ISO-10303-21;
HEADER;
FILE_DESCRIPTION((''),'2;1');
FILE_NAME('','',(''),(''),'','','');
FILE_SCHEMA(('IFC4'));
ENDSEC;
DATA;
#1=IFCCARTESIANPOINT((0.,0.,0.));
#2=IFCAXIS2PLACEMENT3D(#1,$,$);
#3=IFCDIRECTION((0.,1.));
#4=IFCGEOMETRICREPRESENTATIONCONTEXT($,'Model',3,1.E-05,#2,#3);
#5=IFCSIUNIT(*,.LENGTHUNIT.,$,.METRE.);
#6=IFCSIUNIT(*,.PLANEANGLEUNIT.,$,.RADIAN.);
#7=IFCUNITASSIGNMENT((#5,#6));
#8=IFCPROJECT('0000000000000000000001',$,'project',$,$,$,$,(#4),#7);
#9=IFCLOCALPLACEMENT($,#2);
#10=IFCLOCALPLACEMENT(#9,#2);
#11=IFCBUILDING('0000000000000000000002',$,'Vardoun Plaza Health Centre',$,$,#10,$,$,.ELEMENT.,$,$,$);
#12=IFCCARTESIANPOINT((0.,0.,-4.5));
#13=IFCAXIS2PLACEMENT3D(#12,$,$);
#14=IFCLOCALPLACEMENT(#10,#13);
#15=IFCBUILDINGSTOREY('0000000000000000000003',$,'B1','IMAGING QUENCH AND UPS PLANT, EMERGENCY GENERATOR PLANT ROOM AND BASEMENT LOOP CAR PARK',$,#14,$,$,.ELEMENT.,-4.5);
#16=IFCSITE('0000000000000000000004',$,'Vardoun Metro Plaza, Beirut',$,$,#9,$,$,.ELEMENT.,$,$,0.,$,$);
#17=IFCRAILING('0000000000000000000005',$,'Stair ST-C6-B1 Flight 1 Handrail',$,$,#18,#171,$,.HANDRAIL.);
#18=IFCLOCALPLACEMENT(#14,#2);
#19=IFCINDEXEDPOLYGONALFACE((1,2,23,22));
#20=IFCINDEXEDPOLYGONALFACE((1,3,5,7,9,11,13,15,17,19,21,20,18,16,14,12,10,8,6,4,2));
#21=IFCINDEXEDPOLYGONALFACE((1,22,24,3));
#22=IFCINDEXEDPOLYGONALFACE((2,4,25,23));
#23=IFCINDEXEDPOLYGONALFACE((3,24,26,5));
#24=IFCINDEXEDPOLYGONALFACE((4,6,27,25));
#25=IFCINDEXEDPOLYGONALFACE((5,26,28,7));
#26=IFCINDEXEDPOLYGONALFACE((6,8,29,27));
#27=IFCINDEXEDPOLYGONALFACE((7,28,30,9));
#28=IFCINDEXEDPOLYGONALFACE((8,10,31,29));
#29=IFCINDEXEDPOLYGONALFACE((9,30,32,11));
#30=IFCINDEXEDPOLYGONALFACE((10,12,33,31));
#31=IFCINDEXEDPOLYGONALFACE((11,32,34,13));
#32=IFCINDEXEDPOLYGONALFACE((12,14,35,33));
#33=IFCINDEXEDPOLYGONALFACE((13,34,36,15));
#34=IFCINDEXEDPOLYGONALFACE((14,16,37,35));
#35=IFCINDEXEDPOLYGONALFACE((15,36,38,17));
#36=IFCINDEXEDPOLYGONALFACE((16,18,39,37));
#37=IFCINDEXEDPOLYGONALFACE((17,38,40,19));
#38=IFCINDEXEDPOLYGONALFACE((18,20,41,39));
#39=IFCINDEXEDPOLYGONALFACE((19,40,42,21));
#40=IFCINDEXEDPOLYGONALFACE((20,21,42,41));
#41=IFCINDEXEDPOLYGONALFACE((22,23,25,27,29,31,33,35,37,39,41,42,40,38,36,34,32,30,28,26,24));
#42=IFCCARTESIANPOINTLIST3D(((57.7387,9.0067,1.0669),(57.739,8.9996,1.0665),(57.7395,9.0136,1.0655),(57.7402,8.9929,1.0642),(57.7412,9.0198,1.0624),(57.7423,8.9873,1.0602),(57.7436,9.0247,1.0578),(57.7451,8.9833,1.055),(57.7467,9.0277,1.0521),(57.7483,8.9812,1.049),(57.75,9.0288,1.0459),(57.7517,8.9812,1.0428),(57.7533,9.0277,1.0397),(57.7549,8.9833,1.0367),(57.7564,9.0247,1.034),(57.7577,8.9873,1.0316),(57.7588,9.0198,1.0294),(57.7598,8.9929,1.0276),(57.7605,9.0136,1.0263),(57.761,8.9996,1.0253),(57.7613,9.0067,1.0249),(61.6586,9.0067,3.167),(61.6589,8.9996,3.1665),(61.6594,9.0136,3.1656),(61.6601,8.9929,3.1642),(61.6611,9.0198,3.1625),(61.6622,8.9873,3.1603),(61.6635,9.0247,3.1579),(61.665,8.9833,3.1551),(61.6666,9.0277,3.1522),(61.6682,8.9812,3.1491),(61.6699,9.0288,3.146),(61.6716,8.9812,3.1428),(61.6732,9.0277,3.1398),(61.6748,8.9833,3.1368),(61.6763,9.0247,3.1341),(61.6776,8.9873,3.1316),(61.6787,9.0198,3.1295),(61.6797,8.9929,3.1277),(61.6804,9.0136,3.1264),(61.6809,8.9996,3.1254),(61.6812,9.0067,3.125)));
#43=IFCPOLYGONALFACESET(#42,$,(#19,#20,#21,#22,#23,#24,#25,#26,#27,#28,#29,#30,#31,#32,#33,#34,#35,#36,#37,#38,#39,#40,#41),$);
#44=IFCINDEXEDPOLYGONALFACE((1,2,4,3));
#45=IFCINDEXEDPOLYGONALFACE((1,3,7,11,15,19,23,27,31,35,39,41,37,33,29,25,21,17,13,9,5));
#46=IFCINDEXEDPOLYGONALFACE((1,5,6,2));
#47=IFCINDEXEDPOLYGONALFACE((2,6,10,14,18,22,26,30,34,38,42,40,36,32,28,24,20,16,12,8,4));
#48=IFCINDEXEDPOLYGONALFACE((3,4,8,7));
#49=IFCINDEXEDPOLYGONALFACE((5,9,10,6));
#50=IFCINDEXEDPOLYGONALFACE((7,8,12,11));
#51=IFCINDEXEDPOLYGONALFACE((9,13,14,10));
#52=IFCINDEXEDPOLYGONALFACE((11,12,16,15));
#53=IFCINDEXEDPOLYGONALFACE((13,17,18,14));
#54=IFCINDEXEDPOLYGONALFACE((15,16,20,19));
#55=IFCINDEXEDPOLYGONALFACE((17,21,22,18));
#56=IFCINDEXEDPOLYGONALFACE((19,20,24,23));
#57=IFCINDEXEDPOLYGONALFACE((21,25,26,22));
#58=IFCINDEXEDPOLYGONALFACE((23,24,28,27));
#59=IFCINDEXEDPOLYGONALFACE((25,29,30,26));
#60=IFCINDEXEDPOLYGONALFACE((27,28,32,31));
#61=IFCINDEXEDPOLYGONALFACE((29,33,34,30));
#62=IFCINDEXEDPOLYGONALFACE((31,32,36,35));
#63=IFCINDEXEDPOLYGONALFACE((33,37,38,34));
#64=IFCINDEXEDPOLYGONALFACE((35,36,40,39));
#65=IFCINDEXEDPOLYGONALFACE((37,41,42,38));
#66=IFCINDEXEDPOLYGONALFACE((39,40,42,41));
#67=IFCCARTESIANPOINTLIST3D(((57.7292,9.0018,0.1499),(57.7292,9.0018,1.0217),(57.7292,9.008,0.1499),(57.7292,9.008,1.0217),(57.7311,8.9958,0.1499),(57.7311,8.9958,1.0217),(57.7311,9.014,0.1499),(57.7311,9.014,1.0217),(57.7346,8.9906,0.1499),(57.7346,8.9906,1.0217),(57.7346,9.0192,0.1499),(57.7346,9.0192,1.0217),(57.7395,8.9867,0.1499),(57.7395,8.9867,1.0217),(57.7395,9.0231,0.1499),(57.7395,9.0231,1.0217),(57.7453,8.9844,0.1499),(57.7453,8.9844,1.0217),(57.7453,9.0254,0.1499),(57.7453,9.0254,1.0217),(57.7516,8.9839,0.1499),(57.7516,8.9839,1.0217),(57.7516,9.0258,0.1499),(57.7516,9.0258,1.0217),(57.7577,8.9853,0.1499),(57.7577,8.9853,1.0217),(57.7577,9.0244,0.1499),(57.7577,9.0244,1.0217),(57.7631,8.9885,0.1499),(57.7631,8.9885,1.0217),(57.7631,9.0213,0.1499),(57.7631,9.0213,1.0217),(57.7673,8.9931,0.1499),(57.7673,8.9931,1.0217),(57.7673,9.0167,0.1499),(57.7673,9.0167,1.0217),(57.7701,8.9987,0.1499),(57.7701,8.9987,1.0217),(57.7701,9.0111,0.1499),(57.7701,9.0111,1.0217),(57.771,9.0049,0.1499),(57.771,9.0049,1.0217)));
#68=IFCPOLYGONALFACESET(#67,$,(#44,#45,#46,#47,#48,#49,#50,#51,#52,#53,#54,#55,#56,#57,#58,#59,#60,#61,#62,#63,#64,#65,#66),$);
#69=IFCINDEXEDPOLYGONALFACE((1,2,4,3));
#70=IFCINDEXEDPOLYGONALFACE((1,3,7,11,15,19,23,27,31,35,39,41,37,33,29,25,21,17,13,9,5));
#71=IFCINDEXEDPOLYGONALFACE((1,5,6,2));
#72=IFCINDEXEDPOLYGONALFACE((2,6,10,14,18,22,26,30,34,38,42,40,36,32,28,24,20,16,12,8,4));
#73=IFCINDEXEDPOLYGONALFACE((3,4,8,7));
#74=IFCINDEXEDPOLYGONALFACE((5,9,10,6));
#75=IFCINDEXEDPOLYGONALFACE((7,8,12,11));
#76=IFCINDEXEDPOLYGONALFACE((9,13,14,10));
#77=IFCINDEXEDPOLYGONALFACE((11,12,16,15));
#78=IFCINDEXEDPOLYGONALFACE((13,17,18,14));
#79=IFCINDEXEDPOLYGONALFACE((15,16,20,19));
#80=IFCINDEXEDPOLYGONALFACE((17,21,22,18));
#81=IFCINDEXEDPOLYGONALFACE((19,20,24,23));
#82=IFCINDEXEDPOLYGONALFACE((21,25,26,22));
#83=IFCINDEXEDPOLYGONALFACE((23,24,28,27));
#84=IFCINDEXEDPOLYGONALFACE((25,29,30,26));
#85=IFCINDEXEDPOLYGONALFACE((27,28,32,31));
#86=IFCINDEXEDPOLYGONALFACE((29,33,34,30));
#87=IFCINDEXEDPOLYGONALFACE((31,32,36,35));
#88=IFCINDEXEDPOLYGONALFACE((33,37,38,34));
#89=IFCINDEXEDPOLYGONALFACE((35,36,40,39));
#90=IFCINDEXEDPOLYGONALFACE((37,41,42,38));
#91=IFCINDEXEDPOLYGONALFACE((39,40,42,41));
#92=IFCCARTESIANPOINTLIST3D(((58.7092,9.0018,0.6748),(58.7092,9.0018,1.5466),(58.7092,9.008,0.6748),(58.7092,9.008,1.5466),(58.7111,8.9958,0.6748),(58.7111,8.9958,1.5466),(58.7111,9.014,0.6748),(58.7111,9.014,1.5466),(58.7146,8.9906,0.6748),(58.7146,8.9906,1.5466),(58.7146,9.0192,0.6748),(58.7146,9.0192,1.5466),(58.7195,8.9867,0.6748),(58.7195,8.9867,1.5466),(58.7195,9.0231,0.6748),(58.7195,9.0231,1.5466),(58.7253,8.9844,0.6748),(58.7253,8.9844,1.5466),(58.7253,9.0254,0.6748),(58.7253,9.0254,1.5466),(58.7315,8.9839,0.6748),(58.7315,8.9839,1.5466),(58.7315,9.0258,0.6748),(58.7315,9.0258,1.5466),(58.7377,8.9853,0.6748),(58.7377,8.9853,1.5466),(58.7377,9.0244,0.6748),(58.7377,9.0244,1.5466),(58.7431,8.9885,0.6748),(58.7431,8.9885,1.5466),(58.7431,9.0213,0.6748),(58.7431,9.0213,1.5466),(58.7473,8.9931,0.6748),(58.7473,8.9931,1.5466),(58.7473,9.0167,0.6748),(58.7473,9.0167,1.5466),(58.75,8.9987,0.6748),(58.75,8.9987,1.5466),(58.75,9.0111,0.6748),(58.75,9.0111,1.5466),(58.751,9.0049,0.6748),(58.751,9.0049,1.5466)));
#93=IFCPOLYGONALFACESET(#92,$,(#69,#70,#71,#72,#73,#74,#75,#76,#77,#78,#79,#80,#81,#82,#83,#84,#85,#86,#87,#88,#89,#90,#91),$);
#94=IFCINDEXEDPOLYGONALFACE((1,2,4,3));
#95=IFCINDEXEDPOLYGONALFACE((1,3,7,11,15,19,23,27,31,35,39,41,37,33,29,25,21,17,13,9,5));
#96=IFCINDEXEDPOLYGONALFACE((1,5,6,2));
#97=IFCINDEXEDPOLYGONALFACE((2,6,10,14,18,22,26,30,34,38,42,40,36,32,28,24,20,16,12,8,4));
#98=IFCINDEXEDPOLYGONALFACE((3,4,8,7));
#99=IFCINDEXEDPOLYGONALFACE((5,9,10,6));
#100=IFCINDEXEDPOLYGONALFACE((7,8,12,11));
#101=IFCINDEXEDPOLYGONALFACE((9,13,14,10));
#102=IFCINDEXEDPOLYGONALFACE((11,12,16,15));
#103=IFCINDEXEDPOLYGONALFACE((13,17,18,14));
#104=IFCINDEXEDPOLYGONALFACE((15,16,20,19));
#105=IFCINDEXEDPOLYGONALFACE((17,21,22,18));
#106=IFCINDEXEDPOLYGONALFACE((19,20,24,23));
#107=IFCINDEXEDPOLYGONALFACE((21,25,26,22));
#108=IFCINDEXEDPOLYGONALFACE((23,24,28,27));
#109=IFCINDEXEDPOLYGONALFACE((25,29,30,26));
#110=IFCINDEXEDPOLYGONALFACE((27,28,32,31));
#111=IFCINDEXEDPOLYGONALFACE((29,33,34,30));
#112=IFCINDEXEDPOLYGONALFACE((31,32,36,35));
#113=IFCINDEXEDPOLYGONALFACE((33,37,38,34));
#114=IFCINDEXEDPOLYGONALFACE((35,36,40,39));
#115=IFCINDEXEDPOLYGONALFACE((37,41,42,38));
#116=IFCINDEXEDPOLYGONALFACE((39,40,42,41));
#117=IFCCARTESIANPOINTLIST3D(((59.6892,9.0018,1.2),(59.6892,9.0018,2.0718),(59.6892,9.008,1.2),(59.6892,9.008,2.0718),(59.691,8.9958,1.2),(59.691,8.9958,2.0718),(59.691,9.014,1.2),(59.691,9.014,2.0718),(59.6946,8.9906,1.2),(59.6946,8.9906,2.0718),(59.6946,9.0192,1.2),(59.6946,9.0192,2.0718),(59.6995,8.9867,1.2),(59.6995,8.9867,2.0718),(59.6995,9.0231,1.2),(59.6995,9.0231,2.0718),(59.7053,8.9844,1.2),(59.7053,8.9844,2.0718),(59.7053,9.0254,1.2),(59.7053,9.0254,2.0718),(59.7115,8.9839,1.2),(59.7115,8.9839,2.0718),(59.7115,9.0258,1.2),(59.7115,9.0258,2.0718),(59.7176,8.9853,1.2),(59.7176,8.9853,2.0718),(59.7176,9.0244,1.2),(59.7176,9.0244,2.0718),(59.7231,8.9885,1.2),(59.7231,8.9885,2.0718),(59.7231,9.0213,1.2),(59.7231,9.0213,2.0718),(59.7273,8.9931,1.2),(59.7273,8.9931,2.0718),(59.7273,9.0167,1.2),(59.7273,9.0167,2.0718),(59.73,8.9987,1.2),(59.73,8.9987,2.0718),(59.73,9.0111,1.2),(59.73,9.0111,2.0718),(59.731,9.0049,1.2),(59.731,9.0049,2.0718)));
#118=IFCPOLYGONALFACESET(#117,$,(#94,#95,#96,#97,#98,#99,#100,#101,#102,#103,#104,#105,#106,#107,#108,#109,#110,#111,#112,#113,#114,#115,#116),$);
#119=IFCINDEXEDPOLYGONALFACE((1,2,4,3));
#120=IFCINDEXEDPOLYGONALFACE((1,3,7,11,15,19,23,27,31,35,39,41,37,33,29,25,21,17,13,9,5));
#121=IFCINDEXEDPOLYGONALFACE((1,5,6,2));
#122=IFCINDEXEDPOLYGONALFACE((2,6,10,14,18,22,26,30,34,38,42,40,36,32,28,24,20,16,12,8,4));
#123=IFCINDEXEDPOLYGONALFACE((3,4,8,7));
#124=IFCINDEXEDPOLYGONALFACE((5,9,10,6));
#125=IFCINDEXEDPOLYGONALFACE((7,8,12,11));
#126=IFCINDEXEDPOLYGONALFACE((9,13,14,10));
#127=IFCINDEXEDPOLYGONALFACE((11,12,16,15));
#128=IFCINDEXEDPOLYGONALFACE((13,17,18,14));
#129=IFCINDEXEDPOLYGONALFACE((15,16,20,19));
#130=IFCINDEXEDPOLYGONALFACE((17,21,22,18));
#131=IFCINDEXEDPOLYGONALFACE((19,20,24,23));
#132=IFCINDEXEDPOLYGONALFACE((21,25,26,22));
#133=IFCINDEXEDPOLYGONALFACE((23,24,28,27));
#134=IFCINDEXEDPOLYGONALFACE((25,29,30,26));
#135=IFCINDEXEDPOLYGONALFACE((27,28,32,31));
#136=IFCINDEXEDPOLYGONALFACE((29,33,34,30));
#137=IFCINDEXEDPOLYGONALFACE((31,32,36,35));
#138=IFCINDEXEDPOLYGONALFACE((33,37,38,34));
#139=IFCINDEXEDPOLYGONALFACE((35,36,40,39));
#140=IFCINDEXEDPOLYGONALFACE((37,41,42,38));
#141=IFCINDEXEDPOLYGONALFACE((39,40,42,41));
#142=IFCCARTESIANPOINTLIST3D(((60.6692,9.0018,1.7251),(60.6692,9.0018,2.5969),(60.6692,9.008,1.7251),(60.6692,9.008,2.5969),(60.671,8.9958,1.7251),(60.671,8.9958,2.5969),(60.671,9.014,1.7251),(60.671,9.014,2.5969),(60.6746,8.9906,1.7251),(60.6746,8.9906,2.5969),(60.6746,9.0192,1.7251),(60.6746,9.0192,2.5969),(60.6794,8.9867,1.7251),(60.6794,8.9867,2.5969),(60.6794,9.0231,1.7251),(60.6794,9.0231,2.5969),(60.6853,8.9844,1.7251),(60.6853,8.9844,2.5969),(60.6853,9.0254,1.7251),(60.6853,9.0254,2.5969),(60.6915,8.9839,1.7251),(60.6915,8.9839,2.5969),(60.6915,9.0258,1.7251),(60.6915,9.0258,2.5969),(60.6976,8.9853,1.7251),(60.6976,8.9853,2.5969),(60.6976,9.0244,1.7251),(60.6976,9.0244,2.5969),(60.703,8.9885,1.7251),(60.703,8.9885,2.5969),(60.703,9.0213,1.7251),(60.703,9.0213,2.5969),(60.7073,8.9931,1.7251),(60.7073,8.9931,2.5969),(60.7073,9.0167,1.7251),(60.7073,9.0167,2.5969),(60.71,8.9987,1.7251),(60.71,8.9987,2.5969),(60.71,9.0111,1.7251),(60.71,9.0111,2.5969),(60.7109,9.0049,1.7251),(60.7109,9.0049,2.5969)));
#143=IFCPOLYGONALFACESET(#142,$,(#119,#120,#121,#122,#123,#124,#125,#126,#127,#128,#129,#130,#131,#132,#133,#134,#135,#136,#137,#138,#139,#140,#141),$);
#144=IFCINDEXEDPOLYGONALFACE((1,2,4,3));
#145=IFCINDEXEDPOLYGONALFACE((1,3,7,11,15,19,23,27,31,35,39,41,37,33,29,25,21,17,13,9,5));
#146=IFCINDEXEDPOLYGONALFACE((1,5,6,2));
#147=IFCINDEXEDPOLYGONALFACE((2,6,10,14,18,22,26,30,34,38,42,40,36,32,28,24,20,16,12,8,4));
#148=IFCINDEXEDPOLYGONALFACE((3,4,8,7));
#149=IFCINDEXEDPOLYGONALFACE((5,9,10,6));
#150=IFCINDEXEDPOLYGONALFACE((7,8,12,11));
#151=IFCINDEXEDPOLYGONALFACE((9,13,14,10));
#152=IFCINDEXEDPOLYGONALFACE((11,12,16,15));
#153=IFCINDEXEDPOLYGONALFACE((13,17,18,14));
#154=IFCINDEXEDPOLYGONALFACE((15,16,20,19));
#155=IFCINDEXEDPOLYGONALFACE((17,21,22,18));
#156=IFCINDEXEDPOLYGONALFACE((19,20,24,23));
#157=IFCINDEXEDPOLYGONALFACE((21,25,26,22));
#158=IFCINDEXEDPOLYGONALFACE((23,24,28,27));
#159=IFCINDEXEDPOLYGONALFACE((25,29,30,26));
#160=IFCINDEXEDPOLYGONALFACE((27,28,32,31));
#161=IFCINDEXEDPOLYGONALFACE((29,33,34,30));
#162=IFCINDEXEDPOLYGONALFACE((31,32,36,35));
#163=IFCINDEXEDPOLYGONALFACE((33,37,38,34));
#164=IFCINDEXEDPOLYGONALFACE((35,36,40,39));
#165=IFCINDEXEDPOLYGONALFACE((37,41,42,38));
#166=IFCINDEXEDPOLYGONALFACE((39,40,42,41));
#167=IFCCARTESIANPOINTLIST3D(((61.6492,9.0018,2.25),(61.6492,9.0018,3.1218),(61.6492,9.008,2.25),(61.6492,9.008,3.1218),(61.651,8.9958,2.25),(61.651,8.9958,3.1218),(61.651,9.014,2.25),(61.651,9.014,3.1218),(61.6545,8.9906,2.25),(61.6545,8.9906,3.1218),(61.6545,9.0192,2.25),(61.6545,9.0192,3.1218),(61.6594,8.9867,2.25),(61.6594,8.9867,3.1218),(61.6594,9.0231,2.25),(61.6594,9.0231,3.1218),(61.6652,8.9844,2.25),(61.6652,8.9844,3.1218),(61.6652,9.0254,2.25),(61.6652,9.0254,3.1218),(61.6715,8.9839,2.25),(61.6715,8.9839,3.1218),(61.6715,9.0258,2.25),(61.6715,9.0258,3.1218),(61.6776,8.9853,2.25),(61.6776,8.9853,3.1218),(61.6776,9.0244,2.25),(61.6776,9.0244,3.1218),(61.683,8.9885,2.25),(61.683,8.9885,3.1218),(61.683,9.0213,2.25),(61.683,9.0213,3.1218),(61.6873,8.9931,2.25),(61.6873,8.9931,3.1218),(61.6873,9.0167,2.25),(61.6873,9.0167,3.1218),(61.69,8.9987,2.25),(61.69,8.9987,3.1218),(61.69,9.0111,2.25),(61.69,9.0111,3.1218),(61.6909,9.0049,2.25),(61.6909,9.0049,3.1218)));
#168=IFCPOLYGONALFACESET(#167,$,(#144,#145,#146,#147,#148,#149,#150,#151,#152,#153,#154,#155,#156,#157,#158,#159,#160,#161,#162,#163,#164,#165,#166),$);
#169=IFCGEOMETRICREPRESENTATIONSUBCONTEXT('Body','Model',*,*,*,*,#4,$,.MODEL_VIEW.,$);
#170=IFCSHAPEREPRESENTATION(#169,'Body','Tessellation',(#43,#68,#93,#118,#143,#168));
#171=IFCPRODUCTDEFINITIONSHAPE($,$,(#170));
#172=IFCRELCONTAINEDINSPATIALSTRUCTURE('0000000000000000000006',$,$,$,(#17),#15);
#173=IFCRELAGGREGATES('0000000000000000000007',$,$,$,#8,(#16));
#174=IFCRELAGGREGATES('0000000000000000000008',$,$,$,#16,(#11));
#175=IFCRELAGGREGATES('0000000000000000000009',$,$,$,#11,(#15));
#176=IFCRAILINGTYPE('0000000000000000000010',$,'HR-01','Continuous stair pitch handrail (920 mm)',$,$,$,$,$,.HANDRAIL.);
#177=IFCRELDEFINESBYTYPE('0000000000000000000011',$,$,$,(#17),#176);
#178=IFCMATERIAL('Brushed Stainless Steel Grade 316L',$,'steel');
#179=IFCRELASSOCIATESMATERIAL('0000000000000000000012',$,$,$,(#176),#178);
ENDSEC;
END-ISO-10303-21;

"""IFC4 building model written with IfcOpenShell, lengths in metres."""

from ifc_helpers import new_model, si_unit, direction, frame, origin, origin_2d, place, context, subcontext, project, spatial, circle, extrude, material, type_object, element, save


model = new_model("IFC4")

# Units and contexts
model_context = context("Model", 3, precision=1e-05, world=origin(), true_north=direction((0.0, 1.0)))
body_context = subcontext(model_context, "Body", "Model", "MODEL_VIEW")
ifc_project = project(units=[si_unit("LENGTHUNIT", "METRE"), si_unit("PLANEANGLEUNIT", "RADIAN")], contexts=[model_context])

# Site, building, storey
site_placement = place(None, origin())
site = spatial("IfcSite", under=ifc_project, at=site_placement, Name="Vardoun Metro Plaza, Beirut", CompositionType="ELEMENT", RefElevation=0.0)
building_placement = place(site_placement, origin())
building = spatial("IfcBuilding", under=site, at=building_placement, Name="Vardoun Plaza Health Centre", CompositionType="ELEMENT")
storey_placement = place(building_placement, frame((0.0, 0.0, -4.5)))
storey = spatial("IfcBuildingStorey", under=building, at=storey_placement, Name="B1", Description="IMAGING QUENCH AND UPS PLANT, EMERGENCY GENERATOR PLANT ROOM AND BASEMENT LOOP CAR PARK", CompositionType="ELEMENT", Elevation=-4.5)

# Railing
ifc_material_1 = material(Name="Brushed Stainless Steel Grade 316L", Category="steel")
railing_type_1 = type_object("IfcRailingType", Name="HR-01", Description="Continuous stair pitch handrail (920 mm)", PredefinedType="HANDRAIL", material=ifc_material_1)
railing_1_placement = place(storey_placement, frame((57.75, 9.0049, 0.1499)))
element("IfcRailing", 1, at=railing_1_placement, inside=storey, type_object=railing_type_1, Name="Stair ST-C6-B1 Flight 1 Handrail", PredefinedType="HANDRAIL", context=body_context, shape_type="SweptSolid", body=[
    extrude(circle(Radius=0.0239, at=origin_2d()), frame((0.0, 0.0, 0.896), z_axis=(0.881467, 0.0, 0.472246), x_axis=(0.0, 1.0, 0.0)), (0.0, 0.0, 1.0), 4.447),
    extrude(circle(Radius=0.021, at=origin_2d()), origin(), (0.0, 0.0, 1.0), 0.8718),
    extrude(circle(Radius=0.021, at=origin_2d()), frame((0.98, 0.0, 0.5249)), (0.0, 0.0, 1.0), 0.8718),
    extrude(circle(Radius=0.021, at=origin_2d()), frame((1.96, 0.0, 1.05)), (0.0, 0.0, 1.0), 0.8718),
    extrude(circle(Radius=0.021, at=origin_2d()), frame((2.9399, 0.0, 1.5752)), (0.0, 0.0, 1.0), 0.8718),
    extrude(circle(Radius=0.021, at=origin_2d()), frame((3.9199, 0.0, 2.1001)), (0.0, 0.0, 1.0), 0.8718),
])

save(model, "model.ifc")
